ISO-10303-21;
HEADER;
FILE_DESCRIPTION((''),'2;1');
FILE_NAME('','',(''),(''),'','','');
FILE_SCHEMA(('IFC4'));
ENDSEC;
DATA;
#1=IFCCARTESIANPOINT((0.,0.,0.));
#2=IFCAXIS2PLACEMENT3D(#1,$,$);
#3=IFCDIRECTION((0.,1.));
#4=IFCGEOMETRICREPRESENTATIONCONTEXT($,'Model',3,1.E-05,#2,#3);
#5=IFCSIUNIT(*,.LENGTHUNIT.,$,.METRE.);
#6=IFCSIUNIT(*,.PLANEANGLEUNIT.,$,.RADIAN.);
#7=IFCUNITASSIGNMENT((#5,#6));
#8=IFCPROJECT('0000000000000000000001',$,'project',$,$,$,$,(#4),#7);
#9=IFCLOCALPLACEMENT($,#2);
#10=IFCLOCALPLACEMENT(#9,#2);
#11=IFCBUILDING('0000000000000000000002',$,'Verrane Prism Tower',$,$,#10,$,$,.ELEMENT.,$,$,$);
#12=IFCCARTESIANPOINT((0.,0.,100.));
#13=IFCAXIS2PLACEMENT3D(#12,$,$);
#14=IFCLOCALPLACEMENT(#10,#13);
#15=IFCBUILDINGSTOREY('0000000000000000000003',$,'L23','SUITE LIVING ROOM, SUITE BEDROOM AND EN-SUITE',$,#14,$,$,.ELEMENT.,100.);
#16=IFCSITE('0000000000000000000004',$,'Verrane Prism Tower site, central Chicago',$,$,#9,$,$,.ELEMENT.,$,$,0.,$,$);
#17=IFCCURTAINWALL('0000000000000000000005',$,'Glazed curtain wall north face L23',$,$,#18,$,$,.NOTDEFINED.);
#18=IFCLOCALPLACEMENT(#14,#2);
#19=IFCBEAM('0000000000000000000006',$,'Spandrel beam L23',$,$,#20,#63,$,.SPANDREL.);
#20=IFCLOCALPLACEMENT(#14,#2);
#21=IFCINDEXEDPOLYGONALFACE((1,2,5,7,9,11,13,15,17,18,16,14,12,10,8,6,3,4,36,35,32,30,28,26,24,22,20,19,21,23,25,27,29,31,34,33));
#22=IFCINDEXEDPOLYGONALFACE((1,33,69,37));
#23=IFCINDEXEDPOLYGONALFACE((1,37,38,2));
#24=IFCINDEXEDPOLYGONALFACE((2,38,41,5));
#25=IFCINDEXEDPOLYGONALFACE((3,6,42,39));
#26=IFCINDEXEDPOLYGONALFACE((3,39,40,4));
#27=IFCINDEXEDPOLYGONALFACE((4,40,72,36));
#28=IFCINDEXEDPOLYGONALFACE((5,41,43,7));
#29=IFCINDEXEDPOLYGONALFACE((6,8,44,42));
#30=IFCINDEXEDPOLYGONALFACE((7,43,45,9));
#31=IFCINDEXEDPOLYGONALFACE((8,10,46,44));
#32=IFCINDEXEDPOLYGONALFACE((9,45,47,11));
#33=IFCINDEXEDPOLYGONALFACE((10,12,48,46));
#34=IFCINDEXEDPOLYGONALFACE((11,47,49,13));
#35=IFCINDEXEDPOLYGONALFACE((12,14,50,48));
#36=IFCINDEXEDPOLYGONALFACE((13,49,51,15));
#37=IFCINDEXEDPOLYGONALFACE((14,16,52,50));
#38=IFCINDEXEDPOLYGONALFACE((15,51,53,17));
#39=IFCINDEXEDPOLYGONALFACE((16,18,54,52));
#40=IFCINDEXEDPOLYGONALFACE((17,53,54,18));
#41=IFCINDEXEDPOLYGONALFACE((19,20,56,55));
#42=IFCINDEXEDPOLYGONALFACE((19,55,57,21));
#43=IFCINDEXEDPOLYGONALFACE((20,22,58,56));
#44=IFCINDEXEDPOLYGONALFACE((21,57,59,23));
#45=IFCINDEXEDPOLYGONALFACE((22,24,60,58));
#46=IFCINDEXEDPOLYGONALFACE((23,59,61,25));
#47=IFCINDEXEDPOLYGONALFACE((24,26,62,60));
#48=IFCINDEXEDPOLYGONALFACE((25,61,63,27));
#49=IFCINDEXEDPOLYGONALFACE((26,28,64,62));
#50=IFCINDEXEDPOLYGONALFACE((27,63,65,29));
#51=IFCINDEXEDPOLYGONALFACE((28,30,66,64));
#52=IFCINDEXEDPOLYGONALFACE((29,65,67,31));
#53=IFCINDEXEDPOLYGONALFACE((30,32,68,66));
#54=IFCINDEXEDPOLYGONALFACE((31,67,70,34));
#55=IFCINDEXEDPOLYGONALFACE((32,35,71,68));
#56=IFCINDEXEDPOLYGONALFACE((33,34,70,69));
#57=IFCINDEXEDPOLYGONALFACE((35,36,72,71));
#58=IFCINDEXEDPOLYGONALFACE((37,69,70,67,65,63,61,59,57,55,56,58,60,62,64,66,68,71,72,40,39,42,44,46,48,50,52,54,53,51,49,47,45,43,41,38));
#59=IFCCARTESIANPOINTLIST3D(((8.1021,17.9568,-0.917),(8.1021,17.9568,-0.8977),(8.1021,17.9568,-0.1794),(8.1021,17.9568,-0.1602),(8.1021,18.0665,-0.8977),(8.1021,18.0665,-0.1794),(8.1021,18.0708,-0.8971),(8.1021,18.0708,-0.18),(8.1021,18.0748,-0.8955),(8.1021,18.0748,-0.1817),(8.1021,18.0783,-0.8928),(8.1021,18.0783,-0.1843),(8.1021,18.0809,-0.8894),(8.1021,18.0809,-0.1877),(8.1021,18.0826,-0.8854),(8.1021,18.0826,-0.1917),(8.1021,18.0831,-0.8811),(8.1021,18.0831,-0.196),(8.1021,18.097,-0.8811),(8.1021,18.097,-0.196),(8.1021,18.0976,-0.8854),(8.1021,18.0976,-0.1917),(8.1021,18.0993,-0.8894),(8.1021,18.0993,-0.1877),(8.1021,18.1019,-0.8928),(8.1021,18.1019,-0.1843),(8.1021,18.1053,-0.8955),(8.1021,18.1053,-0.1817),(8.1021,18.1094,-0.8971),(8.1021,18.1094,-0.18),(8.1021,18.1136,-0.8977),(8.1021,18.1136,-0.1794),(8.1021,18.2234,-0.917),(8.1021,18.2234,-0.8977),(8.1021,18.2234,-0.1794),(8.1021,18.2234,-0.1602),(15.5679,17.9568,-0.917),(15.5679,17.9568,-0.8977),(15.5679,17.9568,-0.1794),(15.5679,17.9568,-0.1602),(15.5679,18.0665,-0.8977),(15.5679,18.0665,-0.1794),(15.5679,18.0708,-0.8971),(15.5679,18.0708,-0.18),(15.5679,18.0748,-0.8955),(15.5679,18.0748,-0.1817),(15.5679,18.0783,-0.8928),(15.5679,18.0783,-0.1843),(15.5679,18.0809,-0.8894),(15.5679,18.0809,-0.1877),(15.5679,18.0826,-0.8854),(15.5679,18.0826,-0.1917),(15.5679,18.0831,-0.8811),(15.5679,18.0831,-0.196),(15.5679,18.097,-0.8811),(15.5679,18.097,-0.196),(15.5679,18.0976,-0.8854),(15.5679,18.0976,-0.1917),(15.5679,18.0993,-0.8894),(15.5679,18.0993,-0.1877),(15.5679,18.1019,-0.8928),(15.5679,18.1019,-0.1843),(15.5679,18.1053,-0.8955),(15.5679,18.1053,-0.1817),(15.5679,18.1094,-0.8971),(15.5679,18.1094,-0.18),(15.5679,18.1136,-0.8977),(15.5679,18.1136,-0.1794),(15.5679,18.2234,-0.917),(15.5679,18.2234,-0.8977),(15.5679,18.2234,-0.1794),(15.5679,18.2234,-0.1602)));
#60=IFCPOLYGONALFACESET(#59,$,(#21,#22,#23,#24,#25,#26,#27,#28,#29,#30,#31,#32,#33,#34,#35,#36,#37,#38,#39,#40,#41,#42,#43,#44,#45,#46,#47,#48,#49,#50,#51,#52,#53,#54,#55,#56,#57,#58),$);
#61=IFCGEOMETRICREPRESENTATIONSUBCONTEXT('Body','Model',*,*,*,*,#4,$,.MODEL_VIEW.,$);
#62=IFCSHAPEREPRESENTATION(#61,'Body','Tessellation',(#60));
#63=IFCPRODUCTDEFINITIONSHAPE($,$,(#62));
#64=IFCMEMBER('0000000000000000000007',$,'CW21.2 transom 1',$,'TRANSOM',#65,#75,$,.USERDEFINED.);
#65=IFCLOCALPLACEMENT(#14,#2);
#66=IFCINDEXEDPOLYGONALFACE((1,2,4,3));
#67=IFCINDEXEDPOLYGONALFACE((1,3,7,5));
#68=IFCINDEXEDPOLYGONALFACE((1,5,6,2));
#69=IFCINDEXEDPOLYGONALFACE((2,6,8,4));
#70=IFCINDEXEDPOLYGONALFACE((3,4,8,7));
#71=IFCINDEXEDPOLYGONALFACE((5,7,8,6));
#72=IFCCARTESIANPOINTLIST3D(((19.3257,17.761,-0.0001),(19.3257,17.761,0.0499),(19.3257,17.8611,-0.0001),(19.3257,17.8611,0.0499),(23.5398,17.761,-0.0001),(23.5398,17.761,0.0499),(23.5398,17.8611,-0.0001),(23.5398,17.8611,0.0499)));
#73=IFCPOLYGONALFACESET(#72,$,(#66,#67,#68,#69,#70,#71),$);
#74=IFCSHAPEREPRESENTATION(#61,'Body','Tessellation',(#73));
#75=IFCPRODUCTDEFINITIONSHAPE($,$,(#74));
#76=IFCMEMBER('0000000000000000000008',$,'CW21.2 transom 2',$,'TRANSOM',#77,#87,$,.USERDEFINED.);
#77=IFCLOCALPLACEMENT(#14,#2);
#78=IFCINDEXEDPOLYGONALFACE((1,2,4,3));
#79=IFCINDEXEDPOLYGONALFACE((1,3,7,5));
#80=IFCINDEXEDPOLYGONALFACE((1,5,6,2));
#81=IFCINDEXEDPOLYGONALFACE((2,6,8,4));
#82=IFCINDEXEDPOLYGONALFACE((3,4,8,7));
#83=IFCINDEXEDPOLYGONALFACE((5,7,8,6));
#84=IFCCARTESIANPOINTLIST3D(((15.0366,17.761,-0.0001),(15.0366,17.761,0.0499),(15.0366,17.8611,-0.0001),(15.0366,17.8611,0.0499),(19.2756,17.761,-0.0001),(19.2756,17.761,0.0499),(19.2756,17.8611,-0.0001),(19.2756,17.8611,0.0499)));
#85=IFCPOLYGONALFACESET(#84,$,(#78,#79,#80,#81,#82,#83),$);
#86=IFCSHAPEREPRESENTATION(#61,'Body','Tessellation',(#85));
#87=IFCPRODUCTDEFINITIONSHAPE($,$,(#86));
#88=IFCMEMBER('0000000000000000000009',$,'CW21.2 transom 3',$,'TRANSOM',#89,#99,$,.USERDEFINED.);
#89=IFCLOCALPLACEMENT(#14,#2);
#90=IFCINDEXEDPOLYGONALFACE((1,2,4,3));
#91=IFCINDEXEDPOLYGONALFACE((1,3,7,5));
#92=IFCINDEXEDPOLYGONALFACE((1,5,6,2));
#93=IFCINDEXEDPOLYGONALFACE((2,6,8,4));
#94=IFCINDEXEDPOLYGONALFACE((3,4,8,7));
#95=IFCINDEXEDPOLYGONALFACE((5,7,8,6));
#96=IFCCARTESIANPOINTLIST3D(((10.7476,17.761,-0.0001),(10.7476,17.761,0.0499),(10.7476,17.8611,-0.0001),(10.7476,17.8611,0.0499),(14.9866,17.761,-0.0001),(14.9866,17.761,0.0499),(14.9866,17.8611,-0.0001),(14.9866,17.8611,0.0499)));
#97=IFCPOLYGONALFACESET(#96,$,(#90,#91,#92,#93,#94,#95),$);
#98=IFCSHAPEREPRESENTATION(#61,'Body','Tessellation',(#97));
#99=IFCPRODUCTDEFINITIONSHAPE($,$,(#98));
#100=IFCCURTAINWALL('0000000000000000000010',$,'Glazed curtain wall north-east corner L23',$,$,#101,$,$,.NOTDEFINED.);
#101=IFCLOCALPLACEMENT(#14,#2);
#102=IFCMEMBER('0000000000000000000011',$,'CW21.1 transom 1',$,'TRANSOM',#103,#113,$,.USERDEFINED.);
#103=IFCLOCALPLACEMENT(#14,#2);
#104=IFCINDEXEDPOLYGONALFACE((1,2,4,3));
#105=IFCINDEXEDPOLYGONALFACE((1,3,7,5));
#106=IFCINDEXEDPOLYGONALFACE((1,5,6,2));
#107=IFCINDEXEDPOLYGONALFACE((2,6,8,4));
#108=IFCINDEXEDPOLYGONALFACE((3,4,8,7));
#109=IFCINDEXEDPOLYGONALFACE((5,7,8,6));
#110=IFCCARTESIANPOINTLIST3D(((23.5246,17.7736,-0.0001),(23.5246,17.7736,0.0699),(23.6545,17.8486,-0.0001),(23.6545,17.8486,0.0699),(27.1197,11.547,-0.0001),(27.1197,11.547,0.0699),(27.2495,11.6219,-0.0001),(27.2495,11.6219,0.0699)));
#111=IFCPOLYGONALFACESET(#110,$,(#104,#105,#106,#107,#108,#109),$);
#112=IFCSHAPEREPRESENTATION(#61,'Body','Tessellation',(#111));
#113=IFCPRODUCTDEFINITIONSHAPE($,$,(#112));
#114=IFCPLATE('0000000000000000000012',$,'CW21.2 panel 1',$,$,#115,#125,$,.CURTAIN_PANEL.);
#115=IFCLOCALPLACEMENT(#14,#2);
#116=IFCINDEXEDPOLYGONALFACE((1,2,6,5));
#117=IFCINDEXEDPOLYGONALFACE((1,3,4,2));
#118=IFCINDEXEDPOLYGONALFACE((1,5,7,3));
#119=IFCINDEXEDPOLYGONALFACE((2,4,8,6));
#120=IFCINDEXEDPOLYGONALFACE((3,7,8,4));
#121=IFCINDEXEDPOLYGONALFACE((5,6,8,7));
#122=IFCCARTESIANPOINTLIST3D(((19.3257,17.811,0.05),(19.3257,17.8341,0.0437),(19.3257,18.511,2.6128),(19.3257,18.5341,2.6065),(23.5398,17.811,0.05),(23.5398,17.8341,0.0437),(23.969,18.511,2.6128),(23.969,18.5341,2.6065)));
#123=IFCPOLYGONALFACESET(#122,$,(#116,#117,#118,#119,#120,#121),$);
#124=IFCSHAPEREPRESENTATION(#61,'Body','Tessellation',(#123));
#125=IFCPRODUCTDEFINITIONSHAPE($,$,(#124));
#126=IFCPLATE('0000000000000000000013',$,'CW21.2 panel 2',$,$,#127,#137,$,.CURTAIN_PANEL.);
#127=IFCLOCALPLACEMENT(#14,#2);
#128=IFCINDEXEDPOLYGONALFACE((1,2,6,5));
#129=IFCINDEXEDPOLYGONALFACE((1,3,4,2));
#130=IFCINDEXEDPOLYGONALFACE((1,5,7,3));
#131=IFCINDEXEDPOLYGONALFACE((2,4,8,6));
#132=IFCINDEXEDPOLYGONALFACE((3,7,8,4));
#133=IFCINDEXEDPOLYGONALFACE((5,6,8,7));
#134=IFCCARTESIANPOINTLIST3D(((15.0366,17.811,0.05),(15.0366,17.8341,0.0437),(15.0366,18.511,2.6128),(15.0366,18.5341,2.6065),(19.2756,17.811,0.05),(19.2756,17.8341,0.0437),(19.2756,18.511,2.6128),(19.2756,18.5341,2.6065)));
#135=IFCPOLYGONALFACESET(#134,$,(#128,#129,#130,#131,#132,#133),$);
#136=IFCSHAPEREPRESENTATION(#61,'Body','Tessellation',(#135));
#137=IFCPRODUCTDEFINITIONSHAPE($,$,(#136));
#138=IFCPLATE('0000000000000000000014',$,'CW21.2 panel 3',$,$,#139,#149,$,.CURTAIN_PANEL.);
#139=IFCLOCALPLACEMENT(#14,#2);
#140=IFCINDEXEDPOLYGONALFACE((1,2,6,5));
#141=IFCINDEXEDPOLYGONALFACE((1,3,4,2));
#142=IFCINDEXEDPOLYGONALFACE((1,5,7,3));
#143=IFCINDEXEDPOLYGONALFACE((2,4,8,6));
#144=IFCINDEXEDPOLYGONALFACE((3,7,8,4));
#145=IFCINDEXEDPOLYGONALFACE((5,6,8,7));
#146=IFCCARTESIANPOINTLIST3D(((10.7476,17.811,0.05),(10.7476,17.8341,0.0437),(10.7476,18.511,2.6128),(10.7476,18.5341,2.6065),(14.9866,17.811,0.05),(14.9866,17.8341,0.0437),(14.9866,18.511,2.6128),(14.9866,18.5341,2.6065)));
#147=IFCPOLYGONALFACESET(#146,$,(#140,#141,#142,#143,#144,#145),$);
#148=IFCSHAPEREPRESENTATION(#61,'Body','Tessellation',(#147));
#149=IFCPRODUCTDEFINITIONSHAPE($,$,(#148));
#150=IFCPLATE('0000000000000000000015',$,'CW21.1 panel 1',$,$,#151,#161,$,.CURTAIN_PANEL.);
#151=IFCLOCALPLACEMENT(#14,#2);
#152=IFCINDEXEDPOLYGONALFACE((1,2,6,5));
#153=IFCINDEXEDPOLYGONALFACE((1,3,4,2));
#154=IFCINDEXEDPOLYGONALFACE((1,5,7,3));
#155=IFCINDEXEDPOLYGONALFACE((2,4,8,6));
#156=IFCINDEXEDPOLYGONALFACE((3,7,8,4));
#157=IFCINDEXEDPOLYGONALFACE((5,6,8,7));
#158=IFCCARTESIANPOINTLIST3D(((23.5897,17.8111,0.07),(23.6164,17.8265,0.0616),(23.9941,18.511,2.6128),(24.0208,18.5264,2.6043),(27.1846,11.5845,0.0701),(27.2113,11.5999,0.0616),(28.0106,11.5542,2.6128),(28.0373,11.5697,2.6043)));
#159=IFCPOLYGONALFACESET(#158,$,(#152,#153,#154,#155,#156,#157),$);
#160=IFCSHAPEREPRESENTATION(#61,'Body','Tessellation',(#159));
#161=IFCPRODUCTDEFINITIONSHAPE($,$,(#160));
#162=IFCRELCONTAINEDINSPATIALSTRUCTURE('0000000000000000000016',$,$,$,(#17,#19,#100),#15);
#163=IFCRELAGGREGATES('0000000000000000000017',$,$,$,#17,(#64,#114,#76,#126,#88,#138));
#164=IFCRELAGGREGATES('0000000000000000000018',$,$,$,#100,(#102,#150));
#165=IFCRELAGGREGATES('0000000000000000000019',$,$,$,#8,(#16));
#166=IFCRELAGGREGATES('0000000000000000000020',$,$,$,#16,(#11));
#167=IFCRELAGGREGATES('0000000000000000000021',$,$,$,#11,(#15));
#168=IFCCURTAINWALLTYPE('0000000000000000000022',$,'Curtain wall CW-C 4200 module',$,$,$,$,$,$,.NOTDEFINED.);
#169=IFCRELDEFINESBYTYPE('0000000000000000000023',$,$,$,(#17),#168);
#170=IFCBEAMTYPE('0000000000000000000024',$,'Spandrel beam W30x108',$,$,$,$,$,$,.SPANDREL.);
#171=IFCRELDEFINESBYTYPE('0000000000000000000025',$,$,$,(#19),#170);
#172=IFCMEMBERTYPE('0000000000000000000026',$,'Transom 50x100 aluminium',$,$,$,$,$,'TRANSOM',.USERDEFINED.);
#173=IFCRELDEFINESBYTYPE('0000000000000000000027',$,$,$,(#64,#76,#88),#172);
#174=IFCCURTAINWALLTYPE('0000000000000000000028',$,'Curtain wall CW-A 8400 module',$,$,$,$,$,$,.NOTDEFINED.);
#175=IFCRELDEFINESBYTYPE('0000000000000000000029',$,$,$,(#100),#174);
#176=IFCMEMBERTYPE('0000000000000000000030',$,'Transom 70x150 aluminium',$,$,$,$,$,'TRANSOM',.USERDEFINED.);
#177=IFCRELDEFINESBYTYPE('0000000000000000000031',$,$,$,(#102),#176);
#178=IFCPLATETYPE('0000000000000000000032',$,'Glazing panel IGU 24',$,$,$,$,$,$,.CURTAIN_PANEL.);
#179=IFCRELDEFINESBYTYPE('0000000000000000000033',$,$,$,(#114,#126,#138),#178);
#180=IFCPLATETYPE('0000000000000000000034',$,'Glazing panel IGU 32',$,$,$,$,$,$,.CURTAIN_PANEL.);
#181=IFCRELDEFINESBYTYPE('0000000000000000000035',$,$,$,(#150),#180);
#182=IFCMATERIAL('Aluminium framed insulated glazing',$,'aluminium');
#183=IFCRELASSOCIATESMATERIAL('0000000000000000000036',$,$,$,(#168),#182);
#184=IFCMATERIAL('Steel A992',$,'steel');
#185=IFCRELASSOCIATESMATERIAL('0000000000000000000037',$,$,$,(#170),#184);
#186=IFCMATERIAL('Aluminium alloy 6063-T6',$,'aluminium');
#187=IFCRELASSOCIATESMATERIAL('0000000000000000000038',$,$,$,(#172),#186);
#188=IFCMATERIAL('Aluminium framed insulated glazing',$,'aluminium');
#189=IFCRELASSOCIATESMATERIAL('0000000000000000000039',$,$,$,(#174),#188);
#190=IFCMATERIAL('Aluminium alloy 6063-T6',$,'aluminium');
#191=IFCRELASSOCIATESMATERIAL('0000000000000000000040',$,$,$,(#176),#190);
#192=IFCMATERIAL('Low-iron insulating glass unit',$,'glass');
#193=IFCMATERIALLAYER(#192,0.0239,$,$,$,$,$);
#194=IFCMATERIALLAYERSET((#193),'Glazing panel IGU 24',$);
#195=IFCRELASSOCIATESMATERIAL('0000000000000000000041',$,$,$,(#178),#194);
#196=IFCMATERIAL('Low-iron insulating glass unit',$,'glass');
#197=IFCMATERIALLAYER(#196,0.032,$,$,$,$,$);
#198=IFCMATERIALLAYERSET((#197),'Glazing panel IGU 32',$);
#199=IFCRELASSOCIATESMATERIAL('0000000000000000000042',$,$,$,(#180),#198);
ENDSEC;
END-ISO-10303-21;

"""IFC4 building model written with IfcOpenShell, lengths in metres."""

from ifc_helpers import new_model, si_unit, direction, frame, origin, origin_2d, place, context, subcontext, project, spatial, polyline, rectangle, i_section, outline, extrude, material, layer, layer_set, material_profile, profile_set, type_object, element, aggregate, save


model = new_model("IFC4")

# Units and contexts
model_context = context("Model", 3, precision=1e-05, world=origin(), true_north=direction((0.0, 1.0)))
body_context = subcontext(model_context, "Body", "Model", "MODEL_VIEW")
ifc_project = project(units=[si_unit("LENGTHUNIT", "METRE"), si_unit("PLANEANGLEUNIT", "RADIAN")], contexts=[model_context])

# Site, building, storey
site_placement = place(None, origin())
site = spatial("IfcSite", under=ifc_project, at=site_placement, Name="Verrane Prism Tower site, central Chicago", CompositionType="ELEMENT", RefElevation=0.0)
building_placement = place(site_placement, origin())
building = spatial("IfcBuilding", under=site, at=building_placement, Name="Verrane Prism Tower", CompositionType="ELEMENT")
storey_placement = place(building_placement, frame((0.0, 0.0, 100.0)))
storey = spatial("IfcBuildingStorey", under=building, at=storey_placement, Name="L23", Description="SUITE LIVING ROOM, SUITE BEDROOM AND EN-SUITE", CompositionType="ELEMENT", Elevation=100.0)

# Curtain wall
ifc_material_1 = material(Name="Aluminium framed insulated glazing", Category="aluminium")
curtain_wall_type_1 = type_object("IfcCurtainWallType", Name="Curtain wall CW-C 4200 module", PredefinedType="NOTDEFINED", material=ifc_material_1)
curtain_wall_1_placement = place(storey_placement, origin())
curtain_wall_1 = element("IfcCurtainWall", 1, at=curtain_wall_1_placement, inside=storey, type_object=curtain_wall_type_1, Name="Glazed curtain wall north face L23", PredefinedType="NOTDEFINED")

# Beam
ifc_material_2 = material(Name="Steel A992", Category="steel")
ifc_material_profile_1 = material_profile(ifc_material_2, i_section(OverallWidth=0.2666, OverallDepth=0.7568, WebThickness=0.0139, FlangeThickness=0.0193, FilletRadius=0.0166, at=origin_2d()), Name="W30x108")
ifc_profile_set_1 = profile_set([ifc_material_profile_1], Name="Steel A992")
beam_type_1 = type_object("IfcBeamType", Name="Spandrel beam W30x108", PredefinedType="SPANDREL", material=ifc_profile_set_1)
beam_1_placement = place(storey_placement, frame((15.5679, 18.0901, -0.5386), z_axis=(-1.0, 0.0, 0.0), x_axis=(0.0, -1.0, 0.0)))
element("IfcBeam", 2, at=beam_1_placement, inside=storey, type_object=beam_type_1, Name="Spandrel beam L23", PredefinedType="SPANDREL", context=body_context, shape_type="SweptSolid", body=[
    extrude(i_section(OverallWidth=0.2666, OverallDepth=0.7568, WebThickness=0.0139, FlangeThickness=0.0193, FilletRadius=0.0166, at=origin_2d()), origin(), (0.0, 0.0, 1.0), 7.4658),
])

# Members
ifc_material_3 = material(Name="Aluminium alloy 6063-T6", Category="aluminium")
ifc_material_profile_2 = material_profile(ifc_material_3, rectangle(XDim=0.1001, YDim=0.05, at=origin_2d()), Name="Transom 50x100 aluminium")
ifc_profile_set_2 = profile_set([ifc_material_profile_2], Name="Aluminium alloy 6063-T6")
member_type_1 = type_object("IfcMemberType", Name="Transom 50x100 aluminium", ElementType="TRANSOM", PredefinedType="USERDEFINED", material=ifc_profile_set_2)
member_1_placement = place(storey_placement, frame((23.5398, 17.811, 0.0249), z_axis=(-1.0, 0.0, 0.0), x_axis=(0.0, -1.0, 0.0)))
member_1 = element("IfcMember", 3, at=member_1_placement, type_object=member_type_1, Name="CW21.2 transom 1", ObjectType="TRANSOM", PredefinedType="USERDEFINED", context=body_context, shape_type="SweptSolid", body=[
    extrude(rectangle(XDim=0.1001, YDim=0.05, at=origin_2d()), origin(), (0.0, 0.0, 1.0), 4.2141),
])
member_2_placement = place(storey_placement, frame((19.2756, 17.811, 0.0249), z_axis=(-1.0, 0.0, 0.0), x_axis=(0.0, -1.0, 0.0)))
member_2 = element("IfcMember", 4, at=member_2_placement, type_object=member_type_1, Name="CW21.2 transom 2", ObjectType="TRANSOM", PredefinedType="USERDEFINED", context=body_context, shape_type="SweptSolid", body=[
    extrude(rectangle(XDim=0.1001, YDim=0.05, at=origin_2d()), origin(), (0.0, 0.0, 1.0), 4.239),
])
member_3_placement = place(storey_placement, frame((14.9866, 17.811, 0.0249), z_axis=(-1.0, 0.0, 0.0), x_axis=(0.0, -1.0, 0.0)))
member_3 = element("IfcMember", 5, at=member_3_placement, type_object=member_type_1, Name="CW21.2 transom 3", ObjectType="TRANSOM", PredefinedType="USERDEFINED", context=body_context, shape_type="SweptSolid", body=[
    extrude(rectangle(XDim=0.1001, YDim=0.05, at=origin_2d()), origin(), (0.0, 0.0, 1.0), 4.239),
])

# Curtain wall, member
ifc_material_4 = material(Name="Aluminium framed insulated glazing", Category="aluminium")
curtain_wall_type_2 = type_object("IfcCurtainWallType", Name="Curtain wall CW-A 8400 module", PredefinedType="NOTDEFINED", material=ifc_material_4)
curtain_wall_2_placement = place(storey_placement, origin())
curtain_wall_2 = element("IfcCurtainWall", 6, at=curtain_wall_2_placement, inside=storey, type_object=curtain_wall_type_2, Name="Glazed curtain wall north-east corner L23", PredefinedType="NOTDEFINED")
ifc_material_5 = material(Name="Aluminium alloy 6063-T6", Category="aluminium")
ifc_material_profile_3 = material_profile(ifc_material_5, rectangle(XDim=0.1499, YDim=0.0701, at=origin_2d()), Name="Transom 70x150 aluminium")
ifc_profile_set_3 = profile_set([ifc_material_profile_3], Name="Aluminium alloy 6063-T6")
member_type_2 = type_object("IfcMemberType", Name="Transom 70x150 aluminium", ElementType="TRANSOM", PredefinedType="USERDEFINED", material=ifc_profile_set_3)
member_4_placement = place(storey_placement, frame((27.1846, 11.5845, 0.0349), z_axis=(-0.500007, 0.866022, 0.0), x_axis=(-0.866022, -0.500007, 0.0)))
member_4 = element("IfcMember", 7, at=member_4_placement, type_object=member_type_2, Name="CW21.1 transom 1", ObjectType="TRANSOM", PredefinedType="USERDEFINED", context=body_context, shape_type="SweptSolid", body=[
    extrude(rectangle(XDim=0.1499, YDim=0.0701, at=origin_2d()), origin(), (0.0, 0.0, 1.0), 7.1899),
])

# Plates
ifc_material_6 = material(Name="Low-iron insulating glass unit", Category="glass")
ifc_layer_1 = layer(ifc_material_6, 0.0239)
ifc_layer_set_1 = layer_set([ifc_layer_1], Name="Glazing panel IGU 24")
plate_type_1 = type_object("IfcPlateType", Name="Glazing panel IGU 24", PredefinedType="CURTAIN_PANEL", material=ifc_layer_set_1)
plate_1_placement = place(storey_placement, frame((23.5398, 17.811, 0.05), z_axis=(0.0, -0.964666, 0.263475), x_axis=(-1.0, 0.0, 0.0)))
plate_1 = element("IfcPlate", 8, at=plate_1_placement, type_object=plate_type_1, Name="CW21.2 panel 1", PredefinedType="CURTAIN_PANEL", context=body_context, shape_type="SweptSolid", body=[
    extrude(outline(polyline([(0.0, 0.0), (4.2141, 0.0), (4.2141, -2.6566), (-0.4292, -2.6566), (0.0, 0.0)])), origin(), (0.0, 0.0, -1.0), 0.0239),
])
plate_2_placement = place(storey_placement, frame((19.2756, 17.811, 0.05), z_axis=(0.0, -0.964666, 0.263475), x_axis=(-1.0, 0.0, 0.0)))
plate_2 = element("IfcPlate", 9, at=plate_2_placement, type_object=plate_type_1, Name="CW21.2 panel 2", PredefinedType="CURTAIN_PANEL", context=body_context, shape_type="SweptSolid", body=[
    extrude(outline(polyline([(0.0, 0.0), (4.239, 0.0), (4.239, -2.6566), (0.0, -2.6566), (0.0, 0.0)])), origin(), (0.0, 0.0, -1.0), 0.0239),
])
plate_3_placement = place(storey_placement, frame((14.9866, 17.811, 0.05), z_axis=(0.0, -0.964666, 0.263475), x_axis=(-1.0, 0.0, 0.0)))
plate_3 = element("IfcPlate", 10, at=plate_3_placement, type_object=plate_type_1, Name="CW21.2 panel 3", PredefinedType="CURTAIN_PANEL", context=body_context, shape_type="SweptSolid", body=[
    extrude(outline(polyline([(0.0, 0.0), (4.239, 0.0), (4.239, -2.6566), (0.0, -2.6566), (0.0, 0.0)])), origin(), (0.0, 0.0, -1.0), 0.0239),
])
aggregate(curtain_wall_1, [member_1, plate_1, member_2, plate_2, member_3, plate_3])
ifc_material_7 = material(Name="Low-iron insulating glass unit", Category="glass")
ifc_layer_2 = layer(ifc_material_7, 0.032)
ifc_layer_set_2 = layer_set([ifc_layer_2], Name="Glazing panel IGU 32")
plate_type_2 = type_object("IfcPlateType", Name="Glazing panel IGU 32", PredefinedType="CURTAIN_PANEL", material=ifc_layer_set_2)
plate_4_placement = place(storey_placement, frame((27.1846, 11.5845, 0.0701), z_axis=(-0.834946, -0.482051, 0.265502), x_axis=(-0.499997, 0.866027, -0.000003)))
plate_4 = element("IfcPlate", 11, at=plate_4_placement, type_object=plate_type_2, Name="CW21.1 panel 1", PredefinedType="CURTAIN_PANEL", context=body_context, shape_type="SweptSolid", body=[
    extrude(outline(polyline([(0.0, 0.0), (7.1898, 0.0), (7.5937, -2.6374), (-0.4392, -2.6374), (0.0, 0.0)])), origin(), (0.0, 0.0, -1.0), 0.032),
])
aggregate(curtain_wall_2, [member_4, plate_4])

save(model, "model.ifc")
